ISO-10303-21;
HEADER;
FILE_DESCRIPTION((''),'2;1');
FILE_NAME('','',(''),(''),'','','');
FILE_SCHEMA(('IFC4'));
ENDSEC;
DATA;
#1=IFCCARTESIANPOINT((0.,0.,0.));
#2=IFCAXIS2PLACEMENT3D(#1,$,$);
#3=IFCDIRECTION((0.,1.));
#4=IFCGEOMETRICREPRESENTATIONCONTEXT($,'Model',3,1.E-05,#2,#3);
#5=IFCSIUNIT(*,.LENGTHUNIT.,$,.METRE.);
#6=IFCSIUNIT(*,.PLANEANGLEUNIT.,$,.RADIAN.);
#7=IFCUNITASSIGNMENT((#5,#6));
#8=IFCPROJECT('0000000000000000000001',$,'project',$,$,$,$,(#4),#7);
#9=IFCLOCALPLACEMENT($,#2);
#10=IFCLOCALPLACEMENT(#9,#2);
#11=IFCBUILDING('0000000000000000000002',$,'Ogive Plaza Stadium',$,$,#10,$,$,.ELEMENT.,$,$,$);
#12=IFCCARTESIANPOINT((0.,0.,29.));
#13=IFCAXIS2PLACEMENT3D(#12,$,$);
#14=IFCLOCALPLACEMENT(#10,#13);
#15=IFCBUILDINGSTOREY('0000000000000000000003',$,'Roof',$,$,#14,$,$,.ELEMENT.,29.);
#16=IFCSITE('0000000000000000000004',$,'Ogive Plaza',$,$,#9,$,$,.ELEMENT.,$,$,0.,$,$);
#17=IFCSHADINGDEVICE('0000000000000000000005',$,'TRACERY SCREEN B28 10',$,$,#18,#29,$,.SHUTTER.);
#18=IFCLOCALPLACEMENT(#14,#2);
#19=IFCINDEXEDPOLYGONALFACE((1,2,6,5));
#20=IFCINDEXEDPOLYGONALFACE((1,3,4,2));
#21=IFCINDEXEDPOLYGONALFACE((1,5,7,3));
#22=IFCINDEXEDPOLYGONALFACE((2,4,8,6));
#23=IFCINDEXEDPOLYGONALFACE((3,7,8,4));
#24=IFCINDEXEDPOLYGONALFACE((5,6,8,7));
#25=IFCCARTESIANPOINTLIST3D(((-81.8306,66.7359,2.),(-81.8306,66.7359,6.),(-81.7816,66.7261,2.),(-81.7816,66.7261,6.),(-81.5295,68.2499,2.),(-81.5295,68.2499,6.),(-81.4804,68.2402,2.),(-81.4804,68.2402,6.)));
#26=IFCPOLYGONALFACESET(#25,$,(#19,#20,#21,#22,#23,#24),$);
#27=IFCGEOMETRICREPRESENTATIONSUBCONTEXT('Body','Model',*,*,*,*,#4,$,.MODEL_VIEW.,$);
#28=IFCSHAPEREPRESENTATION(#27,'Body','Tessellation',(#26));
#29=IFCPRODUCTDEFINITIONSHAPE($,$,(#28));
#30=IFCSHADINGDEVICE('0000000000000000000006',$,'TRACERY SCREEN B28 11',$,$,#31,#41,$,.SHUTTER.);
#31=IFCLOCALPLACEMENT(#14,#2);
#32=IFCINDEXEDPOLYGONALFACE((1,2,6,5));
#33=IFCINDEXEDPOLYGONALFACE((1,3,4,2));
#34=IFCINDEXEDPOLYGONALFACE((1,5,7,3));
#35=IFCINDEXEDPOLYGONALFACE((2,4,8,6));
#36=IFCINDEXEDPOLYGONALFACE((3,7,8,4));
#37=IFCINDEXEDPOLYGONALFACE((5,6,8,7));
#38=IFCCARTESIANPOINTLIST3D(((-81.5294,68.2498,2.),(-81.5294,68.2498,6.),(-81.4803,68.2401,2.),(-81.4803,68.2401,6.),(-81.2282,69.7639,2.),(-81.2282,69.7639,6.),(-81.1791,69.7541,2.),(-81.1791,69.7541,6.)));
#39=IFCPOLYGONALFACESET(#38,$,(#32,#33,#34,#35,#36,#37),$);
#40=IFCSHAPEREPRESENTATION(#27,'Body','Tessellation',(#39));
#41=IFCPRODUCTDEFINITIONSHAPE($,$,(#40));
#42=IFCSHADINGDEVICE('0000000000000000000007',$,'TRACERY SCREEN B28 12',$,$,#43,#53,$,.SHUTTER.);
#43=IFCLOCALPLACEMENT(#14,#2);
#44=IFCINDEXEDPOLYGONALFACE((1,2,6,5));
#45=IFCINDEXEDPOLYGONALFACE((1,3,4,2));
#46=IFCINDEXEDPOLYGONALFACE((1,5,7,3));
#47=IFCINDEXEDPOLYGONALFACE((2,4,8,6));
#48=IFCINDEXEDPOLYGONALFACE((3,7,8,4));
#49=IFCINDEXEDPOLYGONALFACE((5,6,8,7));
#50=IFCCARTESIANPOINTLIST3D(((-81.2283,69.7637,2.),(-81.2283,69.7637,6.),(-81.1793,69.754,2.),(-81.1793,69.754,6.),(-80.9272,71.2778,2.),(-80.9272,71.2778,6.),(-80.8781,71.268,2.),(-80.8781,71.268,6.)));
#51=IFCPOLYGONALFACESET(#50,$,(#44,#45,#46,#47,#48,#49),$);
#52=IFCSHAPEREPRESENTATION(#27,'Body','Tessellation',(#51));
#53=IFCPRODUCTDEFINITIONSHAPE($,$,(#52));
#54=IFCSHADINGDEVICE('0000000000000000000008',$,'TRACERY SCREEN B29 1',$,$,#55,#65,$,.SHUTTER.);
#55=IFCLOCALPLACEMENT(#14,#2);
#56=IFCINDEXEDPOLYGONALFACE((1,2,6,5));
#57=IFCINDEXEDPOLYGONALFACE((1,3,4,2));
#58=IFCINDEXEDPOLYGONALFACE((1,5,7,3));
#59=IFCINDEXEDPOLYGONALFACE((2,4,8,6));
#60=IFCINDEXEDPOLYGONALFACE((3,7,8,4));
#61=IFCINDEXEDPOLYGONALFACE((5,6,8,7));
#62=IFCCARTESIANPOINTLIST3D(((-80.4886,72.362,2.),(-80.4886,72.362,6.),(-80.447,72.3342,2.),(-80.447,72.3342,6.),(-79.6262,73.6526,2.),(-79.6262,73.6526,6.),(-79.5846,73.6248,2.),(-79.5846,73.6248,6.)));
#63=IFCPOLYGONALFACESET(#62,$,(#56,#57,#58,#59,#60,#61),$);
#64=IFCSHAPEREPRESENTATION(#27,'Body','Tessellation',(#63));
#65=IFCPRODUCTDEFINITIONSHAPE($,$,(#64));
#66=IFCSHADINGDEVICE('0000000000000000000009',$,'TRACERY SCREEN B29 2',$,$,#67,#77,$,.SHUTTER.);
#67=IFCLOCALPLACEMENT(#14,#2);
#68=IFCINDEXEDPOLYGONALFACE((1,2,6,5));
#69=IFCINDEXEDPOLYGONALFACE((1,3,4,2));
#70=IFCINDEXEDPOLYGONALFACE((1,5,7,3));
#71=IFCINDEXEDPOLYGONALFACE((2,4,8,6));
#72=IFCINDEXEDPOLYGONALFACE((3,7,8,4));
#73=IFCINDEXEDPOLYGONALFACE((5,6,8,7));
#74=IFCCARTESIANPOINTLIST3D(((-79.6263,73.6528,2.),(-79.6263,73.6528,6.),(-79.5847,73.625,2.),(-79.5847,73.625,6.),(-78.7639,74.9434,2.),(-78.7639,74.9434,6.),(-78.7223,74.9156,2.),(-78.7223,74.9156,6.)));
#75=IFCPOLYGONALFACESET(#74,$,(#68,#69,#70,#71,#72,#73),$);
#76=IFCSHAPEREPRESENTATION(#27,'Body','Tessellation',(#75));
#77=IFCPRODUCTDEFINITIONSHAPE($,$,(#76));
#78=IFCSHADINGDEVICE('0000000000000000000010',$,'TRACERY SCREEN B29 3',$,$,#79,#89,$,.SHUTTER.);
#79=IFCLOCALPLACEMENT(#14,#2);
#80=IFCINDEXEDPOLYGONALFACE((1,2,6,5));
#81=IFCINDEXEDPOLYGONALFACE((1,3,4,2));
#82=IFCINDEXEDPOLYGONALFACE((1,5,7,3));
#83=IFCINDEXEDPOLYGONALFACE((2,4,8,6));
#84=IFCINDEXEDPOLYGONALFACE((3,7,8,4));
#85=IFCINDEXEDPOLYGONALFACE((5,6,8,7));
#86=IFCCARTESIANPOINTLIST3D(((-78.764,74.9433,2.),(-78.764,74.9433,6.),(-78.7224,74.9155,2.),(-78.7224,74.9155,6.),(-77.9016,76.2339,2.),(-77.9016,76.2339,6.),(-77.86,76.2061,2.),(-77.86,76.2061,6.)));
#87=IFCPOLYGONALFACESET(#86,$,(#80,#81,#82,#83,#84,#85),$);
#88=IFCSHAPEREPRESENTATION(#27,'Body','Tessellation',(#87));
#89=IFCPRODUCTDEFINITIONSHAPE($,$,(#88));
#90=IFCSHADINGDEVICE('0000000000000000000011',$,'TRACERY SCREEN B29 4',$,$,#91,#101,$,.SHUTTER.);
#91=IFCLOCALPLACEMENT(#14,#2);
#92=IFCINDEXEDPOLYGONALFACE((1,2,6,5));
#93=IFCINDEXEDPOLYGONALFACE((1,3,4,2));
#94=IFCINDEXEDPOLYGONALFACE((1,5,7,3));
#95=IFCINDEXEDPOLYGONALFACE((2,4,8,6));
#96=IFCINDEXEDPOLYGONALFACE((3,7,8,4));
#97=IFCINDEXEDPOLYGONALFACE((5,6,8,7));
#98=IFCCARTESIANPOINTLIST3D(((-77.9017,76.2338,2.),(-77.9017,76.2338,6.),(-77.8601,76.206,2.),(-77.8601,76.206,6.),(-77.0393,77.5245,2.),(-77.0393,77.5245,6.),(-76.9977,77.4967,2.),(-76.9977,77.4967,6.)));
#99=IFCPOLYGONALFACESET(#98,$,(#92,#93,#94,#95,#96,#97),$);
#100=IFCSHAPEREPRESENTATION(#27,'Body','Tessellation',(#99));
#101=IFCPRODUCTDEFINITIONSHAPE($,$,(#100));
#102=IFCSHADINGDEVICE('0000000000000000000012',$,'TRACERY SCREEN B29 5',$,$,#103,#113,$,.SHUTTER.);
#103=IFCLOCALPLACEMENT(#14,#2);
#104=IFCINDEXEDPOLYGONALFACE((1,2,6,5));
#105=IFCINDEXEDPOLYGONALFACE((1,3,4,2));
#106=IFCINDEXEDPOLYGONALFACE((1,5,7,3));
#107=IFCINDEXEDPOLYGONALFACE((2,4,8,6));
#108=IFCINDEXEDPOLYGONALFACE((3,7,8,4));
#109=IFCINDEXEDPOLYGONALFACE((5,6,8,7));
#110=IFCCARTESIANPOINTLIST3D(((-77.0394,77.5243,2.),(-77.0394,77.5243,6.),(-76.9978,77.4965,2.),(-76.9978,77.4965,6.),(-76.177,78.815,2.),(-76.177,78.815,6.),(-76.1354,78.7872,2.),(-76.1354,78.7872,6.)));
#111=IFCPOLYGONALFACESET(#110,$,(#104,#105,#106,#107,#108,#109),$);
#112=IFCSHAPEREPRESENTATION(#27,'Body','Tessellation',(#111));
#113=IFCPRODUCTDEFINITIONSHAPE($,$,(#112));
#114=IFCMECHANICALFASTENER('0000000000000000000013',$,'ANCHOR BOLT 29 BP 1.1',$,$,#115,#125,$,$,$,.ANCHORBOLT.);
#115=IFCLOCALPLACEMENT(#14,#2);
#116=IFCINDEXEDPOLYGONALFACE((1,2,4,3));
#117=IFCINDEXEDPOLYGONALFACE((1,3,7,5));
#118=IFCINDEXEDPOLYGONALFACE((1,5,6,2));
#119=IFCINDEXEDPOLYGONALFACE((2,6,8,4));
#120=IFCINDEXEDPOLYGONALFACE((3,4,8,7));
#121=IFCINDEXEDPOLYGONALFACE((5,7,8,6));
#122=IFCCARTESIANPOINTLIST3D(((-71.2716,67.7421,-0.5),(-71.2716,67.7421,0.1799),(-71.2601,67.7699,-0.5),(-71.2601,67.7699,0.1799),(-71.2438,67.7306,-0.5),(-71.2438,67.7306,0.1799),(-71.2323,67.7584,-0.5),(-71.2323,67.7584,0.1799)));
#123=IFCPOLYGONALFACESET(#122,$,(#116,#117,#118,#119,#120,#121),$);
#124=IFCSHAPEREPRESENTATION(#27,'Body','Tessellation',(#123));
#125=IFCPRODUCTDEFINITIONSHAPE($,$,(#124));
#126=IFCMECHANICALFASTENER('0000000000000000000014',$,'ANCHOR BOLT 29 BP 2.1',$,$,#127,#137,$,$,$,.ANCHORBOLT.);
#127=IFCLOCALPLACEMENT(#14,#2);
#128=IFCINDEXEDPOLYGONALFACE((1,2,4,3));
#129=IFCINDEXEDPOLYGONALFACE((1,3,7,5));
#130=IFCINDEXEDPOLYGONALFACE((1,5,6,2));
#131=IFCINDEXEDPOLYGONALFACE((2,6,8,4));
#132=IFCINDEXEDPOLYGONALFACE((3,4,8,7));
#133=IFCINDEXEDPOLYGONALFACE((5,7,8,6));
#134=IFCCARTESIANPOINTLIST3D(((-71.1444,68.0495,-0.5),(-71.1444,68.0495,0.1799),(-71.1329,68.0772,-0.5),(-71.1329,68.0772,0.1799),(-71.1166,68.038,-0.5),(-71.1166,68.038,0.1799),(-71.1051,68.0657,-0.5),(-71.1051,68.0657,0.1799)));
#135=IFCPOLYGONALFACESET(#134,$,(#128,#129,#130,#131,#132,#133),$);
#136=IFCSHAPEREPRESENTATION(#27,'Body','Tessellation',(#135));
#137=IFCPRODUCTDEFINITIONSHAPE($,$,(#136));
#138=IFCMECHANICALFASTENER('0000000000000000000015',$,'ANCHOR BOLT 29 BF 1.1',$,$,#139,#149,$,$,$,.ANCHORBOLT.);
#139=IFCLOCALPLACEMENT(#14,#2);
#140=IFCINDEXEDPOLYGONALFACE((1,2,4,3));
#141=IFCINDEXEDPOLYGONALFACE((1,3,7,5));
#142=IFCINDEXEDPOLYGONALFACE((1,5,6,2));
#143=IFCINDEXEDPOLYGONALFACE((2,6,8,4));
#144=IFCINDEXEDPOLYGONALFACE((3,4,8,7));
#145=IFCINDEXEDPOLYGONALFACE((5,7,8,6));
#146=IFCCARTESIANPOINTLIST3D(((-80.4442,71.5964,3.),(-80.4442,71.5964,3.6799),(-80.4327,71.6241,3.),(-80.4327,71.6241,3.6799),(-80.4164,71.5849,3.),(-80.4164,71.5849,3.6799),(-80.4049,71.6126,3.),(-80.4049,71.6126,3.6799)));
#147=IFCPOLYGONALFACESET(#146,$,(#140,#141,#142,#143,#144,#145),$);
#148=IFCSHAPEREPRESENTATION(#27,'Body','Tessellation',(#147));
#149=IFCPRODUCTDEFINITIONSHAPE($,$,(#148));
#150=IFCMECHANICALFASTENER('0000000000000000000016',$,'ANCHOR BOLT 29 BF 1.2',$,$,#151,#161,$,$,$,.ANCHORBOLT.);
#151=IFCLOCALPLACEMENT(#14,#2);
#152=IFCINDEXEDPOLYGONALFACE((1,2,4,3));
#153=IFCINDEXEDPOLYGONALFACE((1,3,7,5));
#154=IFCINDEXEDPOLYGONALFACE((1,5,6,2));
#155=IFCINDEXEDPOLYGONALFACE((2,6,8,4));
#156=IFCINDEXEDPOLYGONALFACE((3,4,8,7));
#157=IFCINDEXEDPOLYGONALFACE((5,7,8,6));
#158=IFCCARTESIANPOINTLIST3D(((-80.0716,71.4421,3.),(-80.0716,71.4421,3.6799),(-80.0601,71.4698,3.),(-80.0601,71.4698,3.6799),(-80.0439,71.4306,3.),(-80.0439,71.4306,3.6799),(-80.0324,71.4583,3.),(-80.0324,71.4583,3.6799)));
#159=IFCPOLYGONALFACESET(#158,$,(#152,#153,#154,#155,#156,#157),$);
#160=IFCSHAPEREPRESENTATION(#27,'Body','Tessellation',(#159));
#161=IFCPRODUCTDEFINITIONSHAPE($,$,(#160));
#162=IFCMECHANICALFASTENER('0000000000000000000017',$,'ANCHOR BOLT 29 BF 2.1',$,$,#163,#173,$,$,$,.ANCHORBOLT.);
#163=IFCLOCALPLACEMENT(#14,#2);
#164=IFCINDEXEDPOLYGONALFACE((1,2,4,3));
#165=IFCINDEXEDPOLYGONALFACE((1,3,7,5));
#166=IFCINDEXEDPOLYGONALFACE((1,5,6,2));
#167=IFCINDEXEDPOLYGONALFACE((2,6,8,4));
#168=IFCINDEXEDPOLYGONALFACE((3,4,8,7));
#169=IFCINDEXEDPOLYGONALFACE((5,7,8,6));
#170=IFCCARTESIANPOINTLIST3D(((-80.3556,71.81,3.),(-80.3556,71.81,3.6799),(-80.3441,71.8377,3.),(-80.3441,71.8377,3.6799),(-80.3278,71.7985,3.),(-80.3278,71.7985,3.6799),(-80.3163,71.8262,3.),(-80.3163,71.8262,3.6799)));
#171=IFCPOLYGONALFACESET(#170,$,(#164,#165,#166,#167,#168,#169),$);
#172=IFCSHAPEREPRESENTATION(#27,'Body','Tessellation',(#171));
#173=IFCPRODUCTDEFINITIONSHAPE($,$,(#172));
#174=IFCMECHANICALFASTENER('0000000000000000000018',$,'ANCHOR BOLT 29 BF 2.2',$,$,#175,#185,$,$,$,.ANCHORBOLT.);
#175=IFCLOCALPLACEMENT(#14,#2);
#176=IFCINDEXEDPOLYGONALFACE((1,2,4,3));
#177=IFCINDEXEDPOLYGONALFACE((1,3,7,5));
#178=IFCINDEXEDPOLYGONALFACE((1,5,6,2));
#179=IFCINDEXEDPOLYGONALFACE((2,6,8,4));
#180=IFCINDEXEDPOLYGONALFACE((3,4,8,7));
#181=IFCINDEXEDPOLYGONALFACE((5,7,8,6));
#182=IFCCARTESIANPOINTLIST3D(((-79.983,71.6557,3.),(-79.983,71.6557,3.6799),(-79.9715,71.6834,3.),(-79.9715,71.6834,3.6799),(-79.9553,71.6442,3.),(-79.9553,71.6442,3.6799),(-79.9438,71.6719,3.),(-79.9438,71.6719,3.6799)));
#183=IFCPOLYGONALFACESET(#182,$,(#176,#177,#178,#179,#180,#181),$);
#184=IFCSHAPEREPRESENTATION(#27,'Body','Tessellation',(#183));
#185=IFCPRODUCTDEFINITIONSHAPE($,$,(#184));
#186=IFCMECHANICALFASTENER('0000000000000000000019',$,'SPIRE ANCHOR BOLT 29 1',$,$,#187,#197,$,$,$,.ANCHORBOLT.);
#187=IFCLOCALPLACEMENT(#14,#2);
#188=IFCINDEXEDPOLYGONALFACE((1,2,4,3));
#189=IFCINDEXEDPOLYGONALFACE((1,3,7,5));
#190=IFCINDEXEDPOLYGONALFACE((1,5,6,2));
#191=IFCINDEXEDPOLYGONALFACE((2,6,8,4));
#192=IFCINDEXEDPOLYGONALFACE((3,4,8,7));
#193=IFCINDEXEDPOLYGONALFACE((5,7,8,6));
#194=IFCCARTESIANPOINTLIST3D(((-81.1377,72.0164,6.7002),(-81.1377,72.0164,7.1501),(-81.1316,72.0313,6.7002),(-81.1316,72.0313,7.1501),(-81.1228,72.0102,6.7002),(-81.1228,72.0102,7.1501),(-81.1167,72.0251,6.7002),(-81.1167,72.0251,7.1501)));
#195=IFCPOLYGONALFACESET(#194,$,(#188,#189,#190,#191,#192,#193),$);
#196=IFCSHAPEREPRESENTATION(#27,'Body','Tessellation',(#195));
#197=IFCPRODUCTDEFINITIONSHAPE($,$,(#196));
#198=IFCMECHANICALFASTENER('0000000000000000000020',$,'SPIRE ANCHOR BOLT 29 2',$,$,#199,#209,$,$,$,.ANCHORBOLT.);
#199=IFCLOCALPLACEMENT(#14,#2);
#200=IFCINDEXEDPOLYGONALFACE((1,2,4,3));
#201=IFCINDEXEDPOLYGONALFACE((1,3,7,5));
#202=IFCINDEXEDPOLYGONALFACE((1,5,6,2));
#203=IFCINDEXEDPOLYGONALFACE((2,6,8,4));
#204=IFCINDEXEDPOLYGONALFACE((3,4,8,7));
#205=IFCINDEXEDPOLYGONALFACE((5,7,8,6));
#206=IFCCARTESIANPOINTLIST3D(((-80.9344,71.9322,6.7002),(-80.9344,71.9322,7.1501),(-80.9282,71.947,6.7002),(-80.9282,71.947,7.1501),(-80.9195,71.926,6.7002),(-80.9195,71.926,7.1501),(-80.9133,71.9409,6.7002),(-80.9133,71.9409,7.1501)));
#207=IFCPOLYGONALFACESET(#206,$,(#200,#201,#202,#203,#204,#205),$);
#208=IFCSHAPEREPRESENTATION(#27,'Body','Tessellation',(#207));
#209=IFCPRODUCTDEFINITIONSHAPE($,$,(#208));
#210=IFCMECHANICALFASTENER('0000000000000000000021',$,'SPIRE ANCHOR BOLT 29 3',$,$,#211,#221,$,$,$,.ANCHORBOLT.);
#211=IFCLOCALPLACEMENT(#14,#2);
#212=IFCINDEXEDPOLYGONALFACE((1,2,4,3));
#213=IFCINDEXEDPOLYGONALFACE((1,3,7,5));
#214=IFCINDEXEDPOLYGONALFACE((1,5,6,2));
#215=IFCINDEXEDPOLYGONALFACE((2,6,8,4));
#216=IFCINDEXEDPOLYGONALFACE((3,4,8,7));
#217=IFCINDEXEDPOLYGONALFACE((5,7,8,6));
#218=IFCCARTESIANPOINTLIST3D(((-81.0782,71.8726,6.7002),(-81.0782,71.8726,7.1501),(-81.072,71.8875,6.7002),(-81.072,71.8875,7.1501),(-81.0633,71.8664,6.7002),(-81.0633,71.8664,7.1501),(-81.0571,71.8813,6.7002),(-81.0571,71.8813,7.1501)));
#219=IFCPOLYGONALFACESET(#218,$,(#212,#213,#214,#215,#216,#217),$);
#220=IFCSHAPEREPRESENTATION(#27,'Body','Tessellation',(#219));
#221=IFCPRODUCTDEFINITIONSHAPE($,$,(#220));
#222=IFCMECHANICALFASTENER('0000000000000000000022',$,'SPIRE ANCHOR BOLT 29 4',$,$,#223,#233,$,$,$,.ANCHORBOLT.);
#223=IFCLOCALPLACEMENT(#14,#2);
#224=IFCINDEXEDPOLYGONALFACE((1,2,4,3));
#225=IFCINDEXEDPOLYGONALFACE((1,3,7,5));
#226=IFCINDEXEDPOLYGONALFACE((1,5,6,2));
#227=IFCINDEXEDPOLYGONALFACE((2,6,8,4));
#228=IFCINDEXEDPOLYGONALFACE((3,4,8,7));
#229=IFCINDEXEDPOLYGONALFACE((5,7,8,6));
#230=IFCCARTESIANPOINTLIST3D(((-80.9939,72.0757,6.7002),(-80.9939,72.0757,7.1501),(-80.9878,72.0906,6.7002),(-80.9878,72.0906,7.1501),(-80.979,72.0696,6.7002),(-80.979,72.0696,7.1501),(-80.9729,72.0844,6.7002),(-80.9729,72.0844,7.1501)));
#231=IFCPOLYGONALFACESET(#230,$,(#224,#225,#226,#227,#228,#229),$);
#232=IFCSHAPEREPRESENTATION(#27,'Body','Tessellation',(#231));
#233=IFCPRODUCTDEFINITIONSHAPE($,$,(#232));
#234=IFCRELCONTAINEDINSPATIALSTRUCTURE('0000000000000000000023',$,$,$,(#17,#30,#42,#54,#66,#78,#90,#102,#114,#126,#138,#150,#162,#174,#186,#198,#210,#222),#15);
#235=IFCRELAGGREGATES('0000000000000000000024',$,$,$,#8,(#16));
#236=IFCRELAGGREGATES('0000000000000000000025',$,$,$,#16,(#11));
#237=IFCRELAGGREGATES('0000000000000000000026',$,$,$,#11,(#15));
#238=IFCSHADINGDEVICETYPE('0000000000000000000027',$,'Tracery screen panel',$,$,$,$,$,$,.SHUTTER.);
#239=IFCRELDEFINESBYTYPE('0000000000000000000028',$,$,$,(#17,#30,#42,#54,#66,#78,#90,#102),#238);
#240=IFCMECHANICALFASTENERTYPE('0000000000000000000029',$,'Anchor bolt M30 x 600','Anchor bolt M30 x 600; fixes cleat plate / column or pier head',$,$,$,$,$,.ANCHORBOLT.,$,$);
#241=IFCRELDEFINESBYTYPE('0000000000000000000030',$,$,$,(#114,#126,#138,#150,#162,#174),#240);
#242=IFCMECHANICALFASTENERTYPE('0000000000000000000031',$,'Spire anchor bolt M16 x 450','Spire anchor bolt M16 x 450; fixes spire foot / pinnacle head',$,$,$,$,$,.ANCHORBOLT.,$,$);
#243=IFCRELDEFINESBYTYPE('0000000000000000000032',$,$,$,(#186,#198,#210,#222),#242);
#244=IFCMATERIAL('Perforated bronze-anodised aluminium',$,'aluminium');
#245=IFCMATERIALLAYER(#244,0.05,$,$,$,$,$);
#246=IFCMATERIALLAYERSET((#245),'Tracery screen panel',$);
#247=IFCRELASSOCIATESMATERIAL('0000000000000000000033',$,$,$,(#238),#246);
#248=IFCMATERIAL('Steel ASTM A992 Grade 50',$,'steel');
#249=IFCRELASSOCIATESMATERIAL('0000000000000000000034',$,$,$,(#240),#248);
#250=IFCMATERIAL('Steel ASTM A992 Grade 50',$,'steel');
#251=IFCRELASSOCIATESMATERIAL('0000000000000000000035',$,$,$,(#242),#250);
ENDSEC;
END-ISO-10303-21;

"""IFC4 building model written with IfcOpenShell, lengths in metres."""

from ifc_helpers import new_model, si_unit, direction, frame, origin, origin_2d, place, context, subcontext, project, spatial, rectangle, extrude, material, layer, layer_set, type_object, element, save


model = new_model("IFC4")

# Units and contexts
model_context = context("Model", 3, precision=1e-05, world=origin(), true_north=direction((0.0, 1.0)))
body_context = subcontext(model_context, "Body", "Model", "MODEL_VIEW")
ifc_project = project(units=[si_unit("LENGTHUNIT", "METRE"), si_unit("PLANEANGLEUNIT", "RADIAN")], contexts=[model_context])

# Site, building, storey
site_placement = place(None, origin())
site = spatial("IfcSite", under=ifc_project, at=site_placement, Name="Ogive Plaza", CompositionType="ELEMENT", RefElevation=0.0)
building_placement = place(site_placement, origin())
building = spatial("IfcBuilding", under=site, at=building_placement, Name="Ogive Plaza Stadium", CompositionType="ELEMENT")
storey_placement = place(building_placement, frame((0.0, 0.0, 29.0)))
storey = spatial("IfcBuildingStorey", under=building, at=storey_placement, Name="Roof", CompositionType="ELEMENT", Elevation=29.0)

# Shading devices
ifc_material_1 = material(Name="Perforated bronze-anodised aluminium", Category="aluminium")
ifc_layer_1 = layer(ifc_material_1, 0.05)
ifc_layer_set_1 = layer_set([ifc_layer_1], Name="Tracery screen panel")
shading_device_type = type_object("IfcShadingDeviceType", Name="Tracery screen panel", PredefinedType="SHUTTER", material=ifc_layer_set_1)
for number, where, z_axis, x_axis, name in (
    (1, (-81.6555, 67.488, 2.0), (0.0, 0.0, 1.0), (0.19509, 0.980785, 0.0), "TRACERY SCREEN B28 10"),
    (2, (-81.3542, 69.002, 2.0), (0.0, 0.0, 1.0), (0.19509, 0.980785, 0.0), "TRACERY SCREEN B28 11"),
    (3, (-81.0532, 70.5159, 2.0), (0.0, 0.0, 1.0), (0.19509, 0.980785, 0.0), "TRACERY SCREEN B28 12"),
):
    element("IfcShadingDevice", number, at=place(storey_placement, frame(where, z_axis=z_axis, x_axis=x_axis)), inside=storey, type_object=shading_device_type, Name=name, PredefinedType="SHUTTER", context=body_context, shape_type="SweptSolid", body=[
        extrude(rectangle(XDim=1.5437, YDim=0.05, at=origin_2d()), origin(), (0.0, 0.0, 1.0), 4.0),
    ])
for number, where, z_axis, x_axis, name in (
    (4, (-80.0366, 72.9934, 2.0), (0.0, 0.0, 1.0), (0.55557, 0.83147, 0.0), "TRACERY SCREEN B29 1"),
    (5, (-79.1743, 74.2842, 2.0), (0.0, 0.0, 1.0), (0.55557, 0.83147, 0.0), "TRACERY SCREEN B29 2"),
    (6, (-78.312, 75.5747, 2.0), (0.0, 0.0, 1.0), (0.55557, 0.83147, 0.0), "TRACERY SCREEN B29 3"),
    (7, (-77.4497, 76.8652, 2.0), (0.0, 0.0, 1.0), (0.55557, 0.83147, 0.0), "TRACERY SCREEN B29 4"),
    (8, (-76.5874, 78.1558, 2.0), (0.0, 0.0, 1.0), (0.55557, 0.83147, 0.0), "TRACERY SCREEN B29 5"),
):
    element("IfcShadingDevice", number, at=place(storey_placement, frame(where, z_axis=z_axis, x_axis=x_axis)), inside=storey, type_object=shading_device_type, Name=name, PredefinedType="SHUTTER", context=body_context, shape_type="SweptSolid", body=[
        extrude(rectangle(XDim=1.5522, YDim=0.05, at=origin_2d()), origin(), (0.0, 0.0, 1.0), 4.0),
    ])

# Mechanical fasteners
ifc_material_2 = material(Name="Steel ASTM A992 Grade 50", Category="steel")
mechanical_fastener_type_1 = type_object("IfcMechanicalFastenerType", Name="Anchor bolt M30 x 600", Description="Anchor bolt M30 x 600; fixes cleat plate / column or pier head", PredefinedType="ANCHORBOLT", material=ifc_material_2)
for number, where, z_axis, x_axis, name in (
    (9, (-71.252, 67.7502, -0.5), (0.0, 0.0, 1.0), (-0.92388, 0.382683, 0.0), "ANCHOR BOLT 29 BP 1.1"),
    (10, (-71.1248, 68.0576, -0.5), (0.0, 0.0, 1.0), (-0.92388, 0.382683, 0.0), "ANCHOR BOLT 29 BP 2.1"),
    (11, (-80.4246, 71.6045, 3.0), (0.0, 0.0, 1.0), (-0.92388, 0.382683, 0.0), "ANCHOR BOLT 29 BF 1.1"),
    (12, (-80.052, 71.4502, 3.0), (0.0, 0.0, 1.0), (-0.92388, 0.382683, 0.0), "ANCHOR BOLT 29 BF 1.2"),
    (13, (-80.3359, 71.8181, 3.0), (0.0, 0.0, 1.0), (-0.92388, 0.382683, 0.0), "ANCHOR BOLT 29 BF 2.1"),
    (14, (-79.9634, 71.6638, 3.0), (0.0, 0.0, 1.0), (-0.92388, 0.382683, 0.0), "ANCHOR BOLT 29 BF 2.2"),
):
    element("IfcMechanicalFastener", number, at=place(storey_placement, frame(where, z_axis=z_axis, x_axis=x_axis)), inside=storey, type_object=mechanical_fastener_type_1, Name=name, PredefinedType="ANCHORBOLT", context=body_context, shape_type="SweptSolid", body=[
        extrude(rectangle(XDim=0.03, YDim=0.03, at=origin_2d()), origin(), (0.0, 0.0, 1.0), 0.6799),
    ])
ifc_material_3 = material(Name="Steel ASTM A992 Grade 50", Category="steel")
mechanical_fastener_type_2 = type_object("IfcMechanicalFastenerType", Name="Spire anchor bolt M16 x 450", Description="Spire anchor bolt M16 x 450; fixes spire foot / pinnacle head", PredefinedType="ANCHORBOLT", material=ifc_material_3)
for number, where, z_axis, x_axis, name in (
    (15, (-81.1272, 72.0208, 6.7002), (0.0, 0.0, 1.0), (-0.92388, 0.382683, 0.0), "SPIRE ANCHOR BOLT 29 1"),
    (16, (-80.9238, 71.9365, 6.7002), (0.0, 0.0, 1.0), (-0.92388, 0.382683, 0.0), "SPIRE ANCHOR BOLT 29 2"),
    (17, (-81.0676, 71.877, 6.7002), (0.0, 0.0, 1.0), (-0.92388, 0.382683, 0.0), "SPIRE ANCHOR BOLT 29 3"),
    (18, (-80.9834, 72.0801, 6.7002), (0.0, 0.0, 1.0), (-0.92388, 0.382683, 0.0), "SPIRE ANCHOR BOLT 29 4"),
):
    element("IfcMechanicalFastener", number, at=place(storey_placement, frame(where, z_axis=z_axis, x_axis=x_axis)), inside=storey, type_object=mechanical_fastener_type_2, Name=name, PredefinedType="ANCHORBOLT", context=body_context, shape_type="SweptSolid", body=[
        extrude(rectangle(XDim=0.0161, YDim=0.0161, at=origin_2d()), origin(), (0.0, 0.0, 1.0), 0.45),
    ])

save(model, "model.ifc")
